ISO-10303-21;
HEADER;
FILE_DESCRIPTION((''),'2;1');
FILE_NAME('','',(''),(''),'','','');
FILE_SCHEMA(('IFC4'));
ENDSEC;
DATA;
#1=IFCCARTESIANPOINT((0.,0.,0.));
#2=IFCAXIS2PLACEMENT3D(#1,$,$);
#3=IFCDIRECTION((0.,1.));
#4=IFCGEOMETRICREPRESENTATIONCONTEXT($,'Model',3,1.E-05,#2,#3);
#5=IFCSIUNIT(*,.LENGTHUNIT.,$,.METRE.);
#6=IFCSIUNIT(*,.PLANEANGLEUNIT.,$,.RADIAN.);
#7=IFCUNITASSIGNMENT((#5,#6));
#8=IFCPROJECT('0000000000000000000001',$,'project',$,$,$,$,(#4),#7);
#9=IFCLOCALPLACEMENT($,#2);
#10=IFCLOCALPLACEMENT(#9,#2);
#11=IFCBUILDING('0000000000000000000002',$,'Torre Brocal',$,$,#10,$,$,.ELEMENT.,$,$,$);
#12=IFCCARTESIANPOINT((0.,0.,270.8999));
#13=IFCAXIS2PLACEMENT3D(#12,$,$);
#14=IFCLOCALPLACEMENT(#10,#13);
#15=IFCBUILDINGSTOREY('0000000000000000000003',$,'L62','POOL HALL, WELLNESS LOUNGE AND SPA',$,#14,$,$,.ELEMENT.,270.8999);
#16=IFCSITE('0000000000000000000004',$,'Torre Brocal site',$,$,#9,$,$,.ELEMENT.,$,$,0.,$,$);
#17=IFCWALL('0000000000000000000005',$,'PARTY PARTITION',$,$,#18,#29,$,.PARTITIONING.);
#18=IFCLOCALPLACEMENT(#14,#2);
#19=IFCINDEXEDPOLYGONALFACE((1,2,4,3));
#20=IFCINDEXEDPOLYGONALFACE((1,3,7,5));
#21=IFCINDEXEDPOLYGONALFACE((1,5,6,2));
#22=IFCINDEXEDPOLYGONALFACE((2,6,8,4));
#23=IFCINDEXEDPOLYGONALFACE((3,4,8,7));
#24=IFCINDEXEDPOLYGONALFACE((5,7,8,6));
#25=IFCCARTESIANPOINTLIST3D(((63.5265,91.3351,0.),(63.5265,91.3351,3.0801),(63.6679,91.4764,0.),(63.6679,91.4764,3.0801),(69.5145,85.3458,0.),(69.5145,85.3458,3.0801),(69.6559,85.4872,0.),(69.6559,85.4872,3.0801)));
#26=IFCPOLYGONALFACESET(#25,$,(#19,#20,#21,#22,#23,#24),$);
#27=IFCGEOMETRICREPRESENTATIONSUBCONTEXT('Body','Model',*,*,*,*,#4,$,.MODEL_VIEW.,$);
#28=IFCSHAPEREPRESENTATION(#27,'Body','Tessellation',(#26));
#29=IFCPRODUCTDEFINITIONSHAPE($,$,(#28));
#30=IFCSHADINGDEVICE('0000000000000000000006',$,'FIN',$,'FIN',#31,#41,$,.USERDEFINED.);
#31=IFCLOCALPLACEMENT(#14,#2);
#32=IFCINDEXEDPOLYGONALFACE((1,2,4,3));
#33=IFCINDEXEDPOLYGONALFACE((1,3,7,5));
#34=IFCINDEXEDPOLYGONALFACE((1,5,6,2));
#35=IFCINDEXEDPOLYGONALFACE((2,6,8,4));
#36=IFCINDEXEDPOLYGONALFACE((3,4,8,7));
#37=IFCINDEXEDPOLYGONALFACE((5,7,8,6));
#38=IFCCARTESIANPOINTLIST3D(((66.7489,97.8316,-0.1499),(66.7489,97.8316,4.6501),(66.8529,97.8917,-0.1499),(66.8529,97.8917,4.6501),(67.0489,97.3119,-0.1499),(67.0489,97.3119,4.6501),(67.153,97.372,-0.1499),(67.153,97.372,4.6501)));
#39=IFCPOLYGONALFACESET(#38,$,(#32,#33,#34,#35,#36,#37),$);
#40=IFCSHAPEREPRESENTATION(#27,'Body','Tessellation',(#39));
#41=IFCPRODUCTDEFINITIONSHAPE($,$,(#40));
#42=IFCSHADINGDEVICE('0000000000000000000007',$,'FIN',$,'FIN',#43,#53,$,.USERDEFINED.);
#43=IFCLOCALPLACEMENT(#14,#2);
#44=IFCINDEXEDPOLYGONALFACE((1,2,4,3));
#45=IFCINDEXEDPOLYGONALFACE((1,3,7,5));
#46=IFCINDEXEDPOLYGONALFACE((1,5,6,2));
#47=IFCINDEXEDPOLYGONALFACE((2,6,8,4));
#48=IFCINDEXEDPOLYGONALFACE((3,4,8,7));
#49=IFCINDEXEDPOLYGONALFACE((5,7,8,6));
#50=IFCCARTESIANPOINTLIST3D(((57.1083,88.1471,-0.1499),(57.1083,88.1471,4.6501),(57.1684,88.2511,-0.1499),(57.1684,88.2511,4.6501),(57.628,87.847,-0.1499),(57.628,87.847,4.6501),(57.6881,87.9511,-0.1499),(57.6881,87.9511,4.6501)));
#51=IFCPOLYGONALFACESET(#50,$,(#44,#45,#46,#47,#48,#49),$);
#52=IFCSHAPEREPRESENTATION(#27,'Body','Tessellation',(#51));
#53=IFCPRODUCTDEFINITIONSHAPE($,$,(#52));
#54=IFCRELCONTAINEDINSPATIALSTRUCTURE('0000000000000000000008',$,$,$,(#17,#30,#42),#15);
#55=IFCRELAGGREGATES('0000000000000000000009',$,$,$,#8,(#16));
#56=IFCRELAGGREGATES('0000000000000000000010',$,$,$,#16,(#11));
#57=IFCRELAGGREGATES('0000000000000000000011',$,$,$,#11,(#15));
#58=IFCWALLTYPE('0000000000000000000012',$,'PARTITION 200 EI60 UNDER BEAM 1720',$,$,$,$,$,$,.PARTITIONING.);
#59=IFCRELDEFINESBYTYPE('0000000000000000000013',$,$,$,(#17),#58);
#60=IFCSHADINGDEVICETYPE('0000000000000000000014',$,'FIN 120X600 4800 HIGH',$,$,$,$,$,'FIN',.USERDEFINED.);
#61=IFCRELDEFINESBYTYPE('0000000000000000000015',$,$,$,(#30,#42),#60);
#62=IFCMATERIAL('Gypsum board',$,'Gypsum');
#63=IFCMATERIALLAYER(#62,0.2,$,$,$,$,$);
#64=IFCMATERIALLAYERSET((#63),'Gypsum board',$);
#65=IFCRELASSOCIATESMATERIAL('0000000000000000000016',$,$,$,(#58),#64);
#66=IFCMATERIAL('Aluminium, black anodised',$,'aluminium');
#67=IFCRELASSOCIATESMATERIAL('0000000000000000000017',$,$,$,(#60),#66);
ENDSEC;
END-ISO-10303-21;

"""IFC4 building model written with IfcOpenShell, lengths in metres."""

from ifc_helpers import new_model, si_unit, direction, frame, frame_2d, origin, origin_2d, place, context, subcontext, project, spatial, rectangle, extrude, material, layer, layer_set, material_profile, profile_set, type_object, element, save


model = new_model("IFC4")

# Units and contexts
model_context = context("Model", 3, precision=1e-05, world=origin(), true_north=direction((0.0, 1.0)))
body_context = subcontext(model_context, "Body", "Model", "MODEL_VIEW")
ifc_project = project(units=[si_unit("LENGTHUNIT", "METRE"), si_unit("PLANEANGLEUNIT", "RADIAN")], contexts=[model_context])

# Site, building, storey
site_placement = place(None, origin())
site = spatial("IfcSite", under=ifc_project, at=site_placement, Name="Torre Brocal site", CompositionType="ELEMENT", RefElevation=0.0)
building_placement = place(site_placement, origin())
building = spatial("IfcBuilding", under=site, at=building_placement, Name="Torre Brocal", CompositionType="ELEMENT")
storey_placement = place(building_placement, frame((0.0, 0.0, 270.8999)))
storey = spatial("IfcBuildingStorey", under=building, at=storey_placement, Name="L62", Description="POOL HALL, WELLNESS LOUNGE AND SPA", CompositionType="ELEMENT", Elevation=270.8999)

# Wall
ifc_material_1 = material(Name="Gypsum board", Category="Gypsum")
ifc_layer_1 = layer(ifc_material_1, 0.2)
ifc_layer_set_1 = layer_set([ifc_layer_1], Name="Gypsum board")
wall_type_1 = type_object("IfcWallType", Name="PARTITION 200 EI60 UNDER BEAM 1720", PredefinedType="PARTITIONING", material=ifc_layer_set_1)
wall_1_placement = place(storey_placement, frame((63.5972, 91.4058, 0.0), z_axis=(0.0, 0.0, 1.0), x_axis=(0.707035, -0.707179, 0.0)))
element("IfcWall", 1, at=wall_1_placement, inside=storey, type_object=wall_type_1, Name="PARTY PARTITION", PredefinedType="PARTITIONING", context=body_context, shape_type="SweptSolid", body=[
    extrude(rectangle(XDim=8.4692, YDim=0.2, at=frame_2d((4.2346, 0.0))), origin(), (0.0, 0.0, 1.0), 3.0801),
])

# Shading devices
ifc_material_2 = material(Name="Aluminium, black anodised", Category="aluminium")
ifc_material_profile_1 = material_profile(ifc_material_2, rectangle(XDim=0.1201, YDim=0.6001, at=origin_2d()), Name="FIN 120X600 4800 HIGH")
ifc_profile_set_1 = profile_set([ifc_material_profile_1], Name="Aluminium, black anodised")
shading_device_type = type_object("IfcShadingDeviceType", Name="FIN 120X600 4800 HIGH", ElementType="FIN", PredefinedType="USERDEFINED", material=ifc_profile_set_1)
for number, where, z_axis, x_axis, name in (
    (2, (66.9509, 97.6018, -0.1499), (0.0, 0.0, 1.0), (-0.866025, -0.5, 0.0), "FIN"),
    (3, (57.3982, 88.0491, -0.1499), (0.0, 0.0, 1.0), (-0.5, -0.866025, 0.0), "FIN"),
):
    element("IfcShadingDevice", number, at=place(storey_placement, frame(where, z_axis=z_axis, x_axis=x_axis)), inside=storey, type_object=shading_device_type, Name=name, ObjectType="FIN", PredefinedType="USERDEFINED", context=body_context, shape_type="SweptSolid", body=[
        extrude(rectangle(XDim=0.1201, YDim=0.6001, at=origin_2d()), origin(), (0.0, 0.0, 1.0), 4.8),
    ])

save(model, "model.ifc")
